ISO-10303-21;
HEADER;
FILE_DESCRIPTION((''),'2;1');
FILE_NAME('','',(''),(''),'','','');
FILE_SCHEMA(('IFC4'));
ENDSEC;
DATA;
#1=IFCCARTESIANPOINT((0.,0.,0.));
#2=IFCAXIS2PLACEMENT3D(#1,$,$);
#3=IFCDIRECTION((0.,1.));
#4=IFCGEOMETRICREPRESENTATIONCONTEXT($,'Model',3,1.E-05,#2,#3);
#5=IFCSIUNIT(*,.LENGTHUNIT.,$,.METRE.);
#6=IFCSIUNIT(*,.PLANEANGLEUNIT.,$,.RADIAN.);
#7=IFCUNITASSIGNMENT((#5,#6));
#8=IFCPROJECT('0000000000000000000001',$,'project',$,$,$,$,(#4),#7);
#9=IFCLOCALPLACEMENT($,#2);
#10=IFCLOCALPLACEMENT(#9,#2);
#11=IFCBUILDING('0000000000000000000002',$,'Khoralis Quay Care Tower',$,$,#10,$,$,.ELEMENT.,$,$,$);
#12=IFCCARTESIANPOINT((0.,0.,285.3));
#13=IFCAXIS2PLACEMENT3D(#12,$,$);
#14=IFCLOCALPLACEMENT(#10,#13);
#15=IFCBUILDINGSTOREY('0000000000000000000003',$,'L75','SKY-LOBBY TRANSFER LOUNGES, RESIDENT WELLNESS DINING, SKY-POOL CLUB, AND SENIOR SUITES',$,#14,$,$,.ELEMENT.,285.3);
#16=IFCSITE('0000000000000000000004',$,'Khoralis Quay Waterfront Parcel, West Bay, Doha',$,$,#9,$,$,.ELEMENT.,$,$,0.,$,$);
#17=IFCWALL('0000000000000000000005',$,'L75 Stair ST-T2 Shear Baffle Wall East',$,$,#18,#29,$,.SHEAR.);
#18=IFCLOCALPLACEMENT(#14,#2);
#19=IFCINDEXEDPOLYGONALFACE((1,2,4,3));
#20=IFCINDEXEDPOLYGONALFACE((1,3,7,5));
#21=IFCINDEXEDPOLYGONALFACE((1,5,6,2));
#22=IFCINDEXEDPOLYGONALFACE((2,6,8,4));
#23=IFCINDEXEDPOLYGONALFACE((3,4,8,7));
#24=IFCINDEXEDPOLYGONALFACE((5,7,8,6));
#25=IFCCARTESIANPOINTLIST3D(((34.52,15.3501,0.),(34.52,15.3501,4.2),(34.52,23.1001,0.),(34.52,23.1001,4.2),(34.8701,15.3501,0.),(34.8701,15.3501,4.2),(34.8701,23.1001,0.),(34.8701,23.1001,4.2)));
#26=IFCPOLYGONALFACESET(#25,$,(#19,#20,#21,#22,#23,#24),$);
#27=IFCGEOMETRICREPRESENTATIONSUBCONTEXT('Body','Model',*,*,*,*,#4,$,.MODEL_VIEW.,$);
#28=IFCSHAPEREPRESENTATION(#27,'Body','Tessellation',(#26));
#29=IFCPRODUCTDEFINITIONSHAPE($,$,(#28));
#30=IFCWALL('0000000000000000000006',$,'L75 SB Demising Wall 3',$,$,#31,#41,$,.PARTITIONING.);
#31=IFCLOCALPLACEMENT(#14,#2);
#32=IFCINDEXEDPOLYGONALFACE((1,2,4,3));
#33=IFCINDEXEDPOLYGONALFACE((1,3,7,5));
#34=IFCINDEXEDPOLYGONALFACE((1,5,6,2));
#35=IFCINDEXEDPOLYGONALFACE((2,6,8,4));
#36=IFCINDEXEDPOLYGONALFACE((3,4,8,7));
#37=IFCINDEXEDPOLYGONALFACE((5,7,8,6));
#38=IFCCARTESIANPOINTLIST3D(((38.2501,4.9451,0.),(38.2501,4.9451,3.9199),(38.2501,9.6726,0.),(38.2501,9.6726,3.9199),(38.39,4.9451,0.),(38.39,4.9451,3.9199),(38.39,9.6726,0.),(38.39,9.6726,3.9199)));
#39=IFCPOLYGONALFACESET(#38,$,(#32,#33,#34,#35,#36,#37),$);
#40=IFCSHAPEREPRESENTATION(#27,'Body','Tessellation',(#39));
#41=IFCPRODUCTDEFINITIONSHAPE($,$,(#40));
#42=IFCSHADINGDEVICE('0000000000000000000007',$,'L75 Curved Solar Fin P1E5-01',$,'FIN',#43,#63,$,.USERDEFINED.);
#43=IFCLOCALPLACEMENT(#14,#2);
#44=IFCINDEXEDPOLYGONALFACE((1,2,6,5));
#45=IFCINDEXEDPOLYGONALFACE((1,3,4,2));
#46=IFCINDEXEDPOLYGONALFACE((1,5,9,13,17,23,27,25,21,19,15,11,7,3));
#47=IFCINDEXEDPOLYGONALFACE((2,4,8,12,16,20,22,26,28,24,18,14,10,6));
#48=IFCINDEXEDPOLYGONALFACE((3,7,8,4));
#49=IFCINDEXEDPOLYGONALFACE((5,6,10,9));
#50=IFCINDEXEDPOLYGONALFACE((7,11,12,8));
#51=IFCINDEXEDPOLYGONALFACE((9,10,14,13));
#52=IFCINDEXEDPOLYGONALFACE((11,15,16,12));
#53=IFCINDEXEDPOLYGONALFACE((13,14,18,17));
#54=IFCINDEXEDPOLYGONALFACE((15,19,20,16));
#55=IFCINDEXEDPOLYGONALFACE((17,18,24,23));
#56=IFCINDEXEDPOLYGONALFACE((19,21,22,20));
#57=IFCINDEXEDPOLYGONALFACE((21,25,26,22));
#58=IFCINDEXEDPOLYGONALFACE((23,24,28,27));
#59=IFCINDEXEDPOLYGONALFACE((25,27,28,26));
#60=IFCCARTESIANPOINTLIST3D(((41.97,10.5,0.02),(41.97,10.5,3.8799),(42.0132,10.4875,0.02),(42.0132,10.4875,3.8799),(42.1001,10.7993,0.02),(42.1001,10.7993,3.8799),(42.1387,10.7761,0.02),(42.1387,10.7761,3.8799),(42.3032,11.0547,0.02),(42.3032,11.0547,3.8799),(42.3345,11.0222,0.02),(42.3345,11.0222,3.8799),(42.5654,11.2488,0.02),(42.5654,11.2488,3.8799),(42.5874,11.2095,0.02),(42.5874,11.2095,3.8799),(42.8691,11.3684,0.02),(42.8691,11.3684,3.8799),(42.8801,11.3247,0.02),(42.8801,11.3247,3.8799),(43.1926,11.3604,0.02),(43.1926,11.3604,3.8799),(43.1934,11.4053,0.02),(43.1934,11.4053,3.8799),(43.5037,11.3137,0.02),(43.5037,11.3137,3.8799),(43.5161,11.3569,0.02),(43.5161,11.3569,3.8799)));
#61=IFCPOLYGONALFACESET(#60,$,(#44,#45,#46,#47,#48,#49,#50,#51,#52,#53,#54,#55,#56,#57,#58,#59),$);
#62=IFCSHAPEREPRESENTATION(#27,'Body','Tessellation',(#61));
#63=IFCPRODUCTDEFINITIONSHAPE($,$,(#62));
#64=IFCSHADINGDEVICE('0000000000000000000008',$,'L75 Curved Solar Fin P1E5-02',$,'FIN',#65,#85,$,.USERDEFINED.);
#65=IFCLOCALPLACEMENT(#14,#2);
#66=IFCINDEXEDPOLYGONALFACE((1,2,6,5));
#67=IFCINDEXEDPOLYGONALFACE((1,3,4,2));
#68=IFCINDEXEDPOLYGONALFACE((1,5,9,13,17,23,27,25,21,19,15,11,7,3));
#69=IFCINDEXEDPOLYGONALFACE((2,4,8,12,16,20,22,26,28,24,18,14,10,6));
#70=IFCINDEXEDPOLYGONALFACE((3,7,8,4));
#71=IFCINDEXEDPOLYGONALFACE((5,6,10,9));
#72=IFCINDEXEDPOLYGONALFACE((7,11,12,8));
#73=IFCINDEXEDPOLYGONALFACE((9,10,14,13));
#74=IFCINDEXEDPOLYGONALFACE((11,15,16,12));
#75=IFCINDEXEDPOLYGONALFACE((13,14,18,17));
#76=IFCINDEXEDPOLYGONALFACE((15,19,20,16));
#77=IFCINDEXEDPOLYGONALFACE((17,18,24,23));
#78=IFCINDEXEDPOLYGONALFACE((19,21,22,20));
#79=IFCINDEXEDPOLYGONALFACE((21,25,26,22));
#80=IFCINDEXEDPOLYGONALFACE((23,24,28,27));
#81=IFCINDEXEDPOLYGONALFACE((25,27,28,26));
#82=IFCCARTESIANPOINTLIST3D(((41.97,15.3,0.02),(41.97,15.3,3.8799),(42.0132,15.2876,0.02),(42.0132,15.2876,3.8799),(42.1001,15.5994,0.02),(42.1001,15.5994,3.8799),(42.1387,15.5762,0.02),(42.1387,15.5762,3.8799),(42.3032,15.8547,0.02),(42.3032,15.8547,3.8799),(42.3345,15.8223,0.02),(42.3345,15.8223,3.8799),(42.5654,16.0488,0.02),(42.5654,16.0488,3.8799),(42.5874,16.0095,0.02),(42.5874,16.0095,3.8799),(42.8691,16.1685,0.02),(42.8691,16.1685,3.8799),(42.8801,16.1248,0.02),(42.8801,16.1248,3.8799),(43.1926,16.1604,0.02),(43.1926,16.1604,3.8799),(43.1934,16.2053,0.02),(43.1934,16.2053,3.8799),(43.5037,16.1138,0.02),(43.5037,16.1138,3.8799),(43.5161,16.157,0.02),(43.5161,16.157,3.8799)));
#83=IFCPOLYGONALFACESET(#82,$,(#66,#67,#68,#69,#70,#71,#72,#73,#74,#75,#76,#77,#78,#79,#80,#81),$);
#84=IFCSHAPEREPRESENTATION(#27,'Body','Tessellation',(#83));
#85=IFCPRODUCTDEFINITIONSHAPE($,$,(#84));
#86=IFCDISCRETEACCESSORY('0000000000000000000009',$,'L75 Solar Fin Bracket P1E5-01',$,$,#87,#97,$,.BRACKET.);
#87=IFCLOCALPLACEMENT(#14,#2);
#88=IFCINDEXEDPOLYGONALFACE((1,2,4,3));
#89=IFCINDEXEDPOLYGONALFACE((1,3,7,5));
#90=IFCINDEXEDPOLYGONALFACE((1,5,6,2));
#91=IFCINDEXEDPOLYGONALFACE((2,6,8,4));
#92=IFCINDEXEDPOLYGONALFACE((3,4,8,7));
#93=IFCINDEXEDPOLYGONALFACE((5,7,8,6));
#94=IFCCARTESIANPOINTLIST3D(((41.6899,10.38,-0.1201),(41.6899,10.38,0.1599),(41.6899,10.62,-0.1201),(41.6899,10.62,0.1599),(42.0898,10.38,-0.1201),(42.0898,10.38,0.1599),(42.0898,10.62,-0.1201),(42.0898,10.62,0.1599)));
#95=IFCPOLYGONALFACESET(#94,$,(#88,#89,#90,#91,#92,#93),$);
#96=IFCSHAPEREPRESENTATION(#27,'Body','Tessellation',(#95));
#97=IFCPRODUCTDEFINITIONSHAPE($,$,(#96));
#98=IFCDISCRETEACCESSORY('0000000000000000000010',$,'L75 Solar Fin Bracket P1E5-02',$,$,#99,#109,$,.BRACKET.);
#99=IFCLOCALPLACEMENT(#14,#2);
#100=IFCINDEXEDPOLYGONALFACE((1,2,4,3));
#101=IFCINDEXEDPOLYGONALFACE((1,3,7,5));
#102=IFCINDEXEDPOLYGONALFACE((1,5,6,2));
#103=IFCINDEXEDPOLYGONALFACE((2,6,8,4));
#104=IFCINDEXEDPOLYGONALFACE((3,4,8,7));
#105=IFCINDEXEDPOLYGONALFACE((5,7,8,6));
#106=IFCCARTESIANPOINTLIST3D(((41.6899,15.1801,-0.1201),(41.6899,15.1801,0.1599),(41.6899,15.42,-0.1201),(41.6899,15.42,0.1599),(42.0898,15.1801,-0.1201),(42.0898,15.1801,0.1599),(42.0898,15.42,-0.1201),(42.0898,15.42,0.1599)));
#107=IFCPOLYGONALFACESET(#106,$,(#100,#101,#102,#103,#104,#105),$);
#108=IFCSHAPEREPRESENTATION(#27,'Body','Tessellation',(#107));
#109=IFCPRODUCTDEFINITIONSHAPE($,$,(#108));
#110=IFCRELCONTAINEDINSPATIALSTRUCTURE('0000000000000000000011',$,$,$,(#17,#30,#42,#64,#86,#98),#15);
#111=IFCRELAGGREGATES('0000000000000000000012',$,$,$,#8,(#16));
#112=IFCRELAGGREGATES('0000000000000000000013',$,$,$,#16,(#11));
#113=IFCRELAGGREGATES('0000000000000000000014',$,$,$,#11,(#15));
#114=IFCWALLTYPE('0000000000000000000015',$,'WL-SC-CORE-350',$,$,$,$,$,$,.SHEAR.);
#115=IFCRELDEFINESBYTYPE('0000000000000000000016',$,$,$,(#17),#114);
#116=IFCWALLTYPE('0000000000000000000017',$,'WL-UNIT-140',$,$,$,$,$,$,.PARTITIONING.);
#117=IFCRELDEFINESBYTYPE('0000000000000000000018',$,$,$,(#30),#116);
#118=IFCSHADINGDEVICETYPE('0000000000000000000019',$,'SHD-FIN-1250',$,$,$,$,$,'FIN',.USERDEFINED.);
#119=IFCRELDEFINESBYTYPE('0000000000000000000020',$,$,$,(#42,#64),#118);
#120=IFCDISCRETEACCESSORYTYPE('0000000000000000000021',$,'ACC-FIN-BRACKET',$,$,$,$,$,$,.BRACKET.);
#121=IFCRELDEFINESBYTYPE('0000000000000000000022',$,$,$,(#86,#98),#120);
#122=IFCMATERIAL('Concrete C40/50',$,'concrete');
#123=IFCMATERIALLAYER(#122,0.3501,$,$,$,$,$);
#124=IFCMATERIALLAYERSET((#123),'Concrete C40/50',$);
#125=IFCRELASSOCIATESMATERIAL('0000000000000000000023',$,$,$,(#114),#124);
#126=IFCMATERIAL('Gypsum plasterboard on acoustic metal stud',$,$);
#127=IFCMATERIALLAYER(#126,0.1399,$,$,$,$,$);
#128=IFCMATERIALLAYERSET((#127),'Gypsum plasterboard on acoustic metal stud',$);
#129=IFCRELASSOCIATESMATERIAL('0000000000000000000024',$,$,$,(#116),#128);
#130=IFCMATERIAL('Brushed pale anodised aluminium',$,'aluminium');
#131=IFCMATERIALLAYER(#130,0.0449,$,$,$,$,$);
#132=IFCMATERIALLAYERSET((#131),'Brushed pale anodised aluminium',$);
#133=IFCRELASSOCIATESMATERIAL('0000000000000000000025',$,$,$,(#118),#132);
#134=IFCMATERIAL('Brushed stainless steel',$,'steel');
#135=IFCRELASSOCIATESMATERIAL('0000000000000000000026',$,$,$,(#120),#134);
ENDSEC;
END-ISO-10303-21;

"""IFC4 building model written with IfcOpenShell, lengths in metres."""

from ifc_helpers import new_model, si_unit, direction, frame, frame_2d, origin, origin_2d, place, context, subcontext, project, spatial, polyline, rectangle, outline, extrude, source, transform, mapped, material, layer, layer_set, type_object, element, save


model = new_model("IFC4")

# Units and contexts
model_context = context("Model", 3, precision=1e-05, world=origin(), true_north=direction((0.0, 1.0)))
body_context = subcontext(model_context, "Body", "Model", "MODEL_VIEW")
ifc_project = project(units=[si_unit("LENGTHUNIT", "METRE"), si_unit("PLANEANGLEUNIT", "RADIAN")], contexts=[model_context])

# Site, building, storey
site_placement = place(None, origin())
site = spatial("IfcSite", under=ifc_project, at=site_placement, Name="Khoralis Quay Waterfront Parcel, West Bay, Doha", CompositionType="ELEMENT", RefElevation=0.0)
building_placement = place(site_placement, origin())
building = spatial("IfcBuilding", under=site, at=building_placement, Name="Khoralis Quay Care Tower", CompositionType="ELEMENT")
storey_placement = place(building_placement, frame((0.0, 0.0, 285.3)))
storey = spatial("IfcBuildingStorey", under=building, at=storey_placement, Name="L75", Description="SKY-LOBBY TRANSFER LOUNGES, RESIDENT WELLNESS DINING, SKY-POOL CLUB, AND SENIOR SUITES", CompositionType="ELEMENT", Elevation=285.3)

# Shared definitions
ifc_material_1 = material(Name="Gypsum plasterboard on acoustic metal stud")

# Walls
ifc_material_2 = material(Name="Concrete C40/50", Category="concrete")
ifc_layer_1 = layer(ifc_material_2, 0.3501)
ifc_layer_set_1 = layer_set([ifc_layer_1], Name="Concrete C40/50")
wall_type_1 = type_object("IfcWallType", Name="WL-SC-CORE-350", PredefinedType="SHEAR", material=ifc_layer_set_1)
wall_1_placement = place(storey_placement, frame((34.6951, 15.3501, 0.0), z_axis=(0.0, 0.0, 1.0), x_axis=(0.0, 1.0, 0.0)))
element("IfcWall", 1, at=wall_1_placement, inside=storey, type_object=wall_type_1, Name="L75 Stair ST-T2 Shear Baffle Wall East", PredefinedType="SHEAR", context=body_context, shape_type="SweptSolid", body=[
    extrude(rectangle(XDim=7.75, YDim=0.3501, at=frame_2d((3.875, 0.0))), origin(), (0.0, 0.0, 1.0), 4.2),
])
ifc_layer_2 = layer(ifc_material_1, 0.1399)
ifc_layer_set_2 = layer_set([ifc_layer_2], Name="Gypsum plasterboard on acoustic metal stud")
wall_type_2 = type_object("IfcWallType", Name="WL-UNIT-140", PredefinedType="PARTITIONING", material=ifc_layer_set_2)
wall_2_placement = place(storey_placement, frame((38.3201, 4.9451, 0.0), z_axis=(0.0, 0.0, 1.0), x_axis=(0.0, 1.0, 0.0)))
element("IfcWall", 2, at=wall_2_placement, inside=storey, type_object=wall_type_2, Name="L75 SB Demising Wall 3", PredefinedType="PARTITIONING", context=body_context, shape_type="SweptSolid", body=[
    extrude(rectangle(XDim=4.7275, YDim=0.1399, at=frame_2d((2.3638, 0.0))), origin(), (0.0, 0.0, 1.0), 3.9199),
])

# Shading devices
ifc_material_3 = material(Name="Brushed pale anodised aluminium", Category="aluminium")
ifc_layer_3 = layer(ifc_material_3, 0.0449)
ifc_layer_set_3 = layer_set([ifc_layer_3], Name="Brushed pale anodised aluminium")
shading_device_type = type_object("IfcShadingDeviceType", Name="SHD-FIN-1250", ElementType="FIN", PredefinedType="USERDEFINED", material=ifc_layer_set_3)
shared_shape_1 = source(origin(), body_context, "Body", "SweptSolid", [
    extrude(outline(polyline([(0.0, 0.0), (0.1301, 0.2993), (0.3333, 0.5547), (0.5955, 0.7488), (0.8992, 0.8684), (1.2234, 0.9053), (1.5461, 0.8569), (1.5337, 0.8137), (1.2227, 0.8604), (0.9102, 0.8247), (0.6174, 0.7095), (0.3645, 0.5222), (0.1687, 0.2761), (0.0432, -0.0125), (0.0, 0.0)])), origin(), (0.0, 0.0, 1.0), 3.8599),
])
for number, where, z_axis, x_axis, name in (
    (3, (41.97, 10.5, 0.02), (0.0, 0.0, 1.0), (1.0, 0.0, 0.0), "L75 Curved Solar Fin P1E5-01"),
    (4, (41.97, 15.3, 0.02), (0.0, 0.0, 1.0), (1.0, 0.0, 0.0), "L75 Curved Solar Fin P1E5-02"),
):
    element("IfcShadingDevice", number, at=place(storey_placement, frame(where, z_axis=z_axis, x_axis=x_axis)), inside=storey, type_object=shading_device_type, Name=name, ObjectType="FIN", PredefinedType="USERDEFINED", context=body_context, shape_type="MappedRepresentation", body=[
        mapped(shared_shape_1, transform((0.0, 0.0, 0.0), scale=1.0)),
    ])

# Discrete accessories
ifc_material_4 = material(Name="Brushed stainless steel", Category="steel")
discrete_accessory_type = type_object("IfcDiscreteAccessoryType", Name="ACC-FIN-BRACKET", PredefinedType="BRACKET", material=ifc_material_4)
shared_shape_2 = source(origin(), body_context, "Body", "SweptSolid", [
    extrude(rectangle(XDim=0.3999, YDim=0.24, at=origin_2d()), origin(), (0.0, 0.0, 1.0), 0.28),
])
for number, where, z_axis, x_axis, name in (
    (5, (41.8899, 10.5, -0.1201), (0.0, 0.0, 1.0), (1.0, 0.0, 0.0), "L75 Solar Fin Bracket P1E5-01"),
    (6, (41.8899, 15.3, -0.1201), (0.0, 0.0, 1.0), (1.0, 0.0, 0.0), "L75 Solar Fin Bracket P1E5-02"),
):
    element("IfcDiscreteAccessory", number, at=place(storey_placement, frame(where, z_axis=z_axis, x_axis=x_axis)), inside=storey, type_object=discrete_accessory_type, Name=name, PredefinedType="BRACKET", context=body_context, shape_type="MappedRepresentation", body=[
        mapped(shared_shape_2, transform((0.0, 0.0, 0.0), scale=1.0)),
    ])

save(model, "model.ifc")
